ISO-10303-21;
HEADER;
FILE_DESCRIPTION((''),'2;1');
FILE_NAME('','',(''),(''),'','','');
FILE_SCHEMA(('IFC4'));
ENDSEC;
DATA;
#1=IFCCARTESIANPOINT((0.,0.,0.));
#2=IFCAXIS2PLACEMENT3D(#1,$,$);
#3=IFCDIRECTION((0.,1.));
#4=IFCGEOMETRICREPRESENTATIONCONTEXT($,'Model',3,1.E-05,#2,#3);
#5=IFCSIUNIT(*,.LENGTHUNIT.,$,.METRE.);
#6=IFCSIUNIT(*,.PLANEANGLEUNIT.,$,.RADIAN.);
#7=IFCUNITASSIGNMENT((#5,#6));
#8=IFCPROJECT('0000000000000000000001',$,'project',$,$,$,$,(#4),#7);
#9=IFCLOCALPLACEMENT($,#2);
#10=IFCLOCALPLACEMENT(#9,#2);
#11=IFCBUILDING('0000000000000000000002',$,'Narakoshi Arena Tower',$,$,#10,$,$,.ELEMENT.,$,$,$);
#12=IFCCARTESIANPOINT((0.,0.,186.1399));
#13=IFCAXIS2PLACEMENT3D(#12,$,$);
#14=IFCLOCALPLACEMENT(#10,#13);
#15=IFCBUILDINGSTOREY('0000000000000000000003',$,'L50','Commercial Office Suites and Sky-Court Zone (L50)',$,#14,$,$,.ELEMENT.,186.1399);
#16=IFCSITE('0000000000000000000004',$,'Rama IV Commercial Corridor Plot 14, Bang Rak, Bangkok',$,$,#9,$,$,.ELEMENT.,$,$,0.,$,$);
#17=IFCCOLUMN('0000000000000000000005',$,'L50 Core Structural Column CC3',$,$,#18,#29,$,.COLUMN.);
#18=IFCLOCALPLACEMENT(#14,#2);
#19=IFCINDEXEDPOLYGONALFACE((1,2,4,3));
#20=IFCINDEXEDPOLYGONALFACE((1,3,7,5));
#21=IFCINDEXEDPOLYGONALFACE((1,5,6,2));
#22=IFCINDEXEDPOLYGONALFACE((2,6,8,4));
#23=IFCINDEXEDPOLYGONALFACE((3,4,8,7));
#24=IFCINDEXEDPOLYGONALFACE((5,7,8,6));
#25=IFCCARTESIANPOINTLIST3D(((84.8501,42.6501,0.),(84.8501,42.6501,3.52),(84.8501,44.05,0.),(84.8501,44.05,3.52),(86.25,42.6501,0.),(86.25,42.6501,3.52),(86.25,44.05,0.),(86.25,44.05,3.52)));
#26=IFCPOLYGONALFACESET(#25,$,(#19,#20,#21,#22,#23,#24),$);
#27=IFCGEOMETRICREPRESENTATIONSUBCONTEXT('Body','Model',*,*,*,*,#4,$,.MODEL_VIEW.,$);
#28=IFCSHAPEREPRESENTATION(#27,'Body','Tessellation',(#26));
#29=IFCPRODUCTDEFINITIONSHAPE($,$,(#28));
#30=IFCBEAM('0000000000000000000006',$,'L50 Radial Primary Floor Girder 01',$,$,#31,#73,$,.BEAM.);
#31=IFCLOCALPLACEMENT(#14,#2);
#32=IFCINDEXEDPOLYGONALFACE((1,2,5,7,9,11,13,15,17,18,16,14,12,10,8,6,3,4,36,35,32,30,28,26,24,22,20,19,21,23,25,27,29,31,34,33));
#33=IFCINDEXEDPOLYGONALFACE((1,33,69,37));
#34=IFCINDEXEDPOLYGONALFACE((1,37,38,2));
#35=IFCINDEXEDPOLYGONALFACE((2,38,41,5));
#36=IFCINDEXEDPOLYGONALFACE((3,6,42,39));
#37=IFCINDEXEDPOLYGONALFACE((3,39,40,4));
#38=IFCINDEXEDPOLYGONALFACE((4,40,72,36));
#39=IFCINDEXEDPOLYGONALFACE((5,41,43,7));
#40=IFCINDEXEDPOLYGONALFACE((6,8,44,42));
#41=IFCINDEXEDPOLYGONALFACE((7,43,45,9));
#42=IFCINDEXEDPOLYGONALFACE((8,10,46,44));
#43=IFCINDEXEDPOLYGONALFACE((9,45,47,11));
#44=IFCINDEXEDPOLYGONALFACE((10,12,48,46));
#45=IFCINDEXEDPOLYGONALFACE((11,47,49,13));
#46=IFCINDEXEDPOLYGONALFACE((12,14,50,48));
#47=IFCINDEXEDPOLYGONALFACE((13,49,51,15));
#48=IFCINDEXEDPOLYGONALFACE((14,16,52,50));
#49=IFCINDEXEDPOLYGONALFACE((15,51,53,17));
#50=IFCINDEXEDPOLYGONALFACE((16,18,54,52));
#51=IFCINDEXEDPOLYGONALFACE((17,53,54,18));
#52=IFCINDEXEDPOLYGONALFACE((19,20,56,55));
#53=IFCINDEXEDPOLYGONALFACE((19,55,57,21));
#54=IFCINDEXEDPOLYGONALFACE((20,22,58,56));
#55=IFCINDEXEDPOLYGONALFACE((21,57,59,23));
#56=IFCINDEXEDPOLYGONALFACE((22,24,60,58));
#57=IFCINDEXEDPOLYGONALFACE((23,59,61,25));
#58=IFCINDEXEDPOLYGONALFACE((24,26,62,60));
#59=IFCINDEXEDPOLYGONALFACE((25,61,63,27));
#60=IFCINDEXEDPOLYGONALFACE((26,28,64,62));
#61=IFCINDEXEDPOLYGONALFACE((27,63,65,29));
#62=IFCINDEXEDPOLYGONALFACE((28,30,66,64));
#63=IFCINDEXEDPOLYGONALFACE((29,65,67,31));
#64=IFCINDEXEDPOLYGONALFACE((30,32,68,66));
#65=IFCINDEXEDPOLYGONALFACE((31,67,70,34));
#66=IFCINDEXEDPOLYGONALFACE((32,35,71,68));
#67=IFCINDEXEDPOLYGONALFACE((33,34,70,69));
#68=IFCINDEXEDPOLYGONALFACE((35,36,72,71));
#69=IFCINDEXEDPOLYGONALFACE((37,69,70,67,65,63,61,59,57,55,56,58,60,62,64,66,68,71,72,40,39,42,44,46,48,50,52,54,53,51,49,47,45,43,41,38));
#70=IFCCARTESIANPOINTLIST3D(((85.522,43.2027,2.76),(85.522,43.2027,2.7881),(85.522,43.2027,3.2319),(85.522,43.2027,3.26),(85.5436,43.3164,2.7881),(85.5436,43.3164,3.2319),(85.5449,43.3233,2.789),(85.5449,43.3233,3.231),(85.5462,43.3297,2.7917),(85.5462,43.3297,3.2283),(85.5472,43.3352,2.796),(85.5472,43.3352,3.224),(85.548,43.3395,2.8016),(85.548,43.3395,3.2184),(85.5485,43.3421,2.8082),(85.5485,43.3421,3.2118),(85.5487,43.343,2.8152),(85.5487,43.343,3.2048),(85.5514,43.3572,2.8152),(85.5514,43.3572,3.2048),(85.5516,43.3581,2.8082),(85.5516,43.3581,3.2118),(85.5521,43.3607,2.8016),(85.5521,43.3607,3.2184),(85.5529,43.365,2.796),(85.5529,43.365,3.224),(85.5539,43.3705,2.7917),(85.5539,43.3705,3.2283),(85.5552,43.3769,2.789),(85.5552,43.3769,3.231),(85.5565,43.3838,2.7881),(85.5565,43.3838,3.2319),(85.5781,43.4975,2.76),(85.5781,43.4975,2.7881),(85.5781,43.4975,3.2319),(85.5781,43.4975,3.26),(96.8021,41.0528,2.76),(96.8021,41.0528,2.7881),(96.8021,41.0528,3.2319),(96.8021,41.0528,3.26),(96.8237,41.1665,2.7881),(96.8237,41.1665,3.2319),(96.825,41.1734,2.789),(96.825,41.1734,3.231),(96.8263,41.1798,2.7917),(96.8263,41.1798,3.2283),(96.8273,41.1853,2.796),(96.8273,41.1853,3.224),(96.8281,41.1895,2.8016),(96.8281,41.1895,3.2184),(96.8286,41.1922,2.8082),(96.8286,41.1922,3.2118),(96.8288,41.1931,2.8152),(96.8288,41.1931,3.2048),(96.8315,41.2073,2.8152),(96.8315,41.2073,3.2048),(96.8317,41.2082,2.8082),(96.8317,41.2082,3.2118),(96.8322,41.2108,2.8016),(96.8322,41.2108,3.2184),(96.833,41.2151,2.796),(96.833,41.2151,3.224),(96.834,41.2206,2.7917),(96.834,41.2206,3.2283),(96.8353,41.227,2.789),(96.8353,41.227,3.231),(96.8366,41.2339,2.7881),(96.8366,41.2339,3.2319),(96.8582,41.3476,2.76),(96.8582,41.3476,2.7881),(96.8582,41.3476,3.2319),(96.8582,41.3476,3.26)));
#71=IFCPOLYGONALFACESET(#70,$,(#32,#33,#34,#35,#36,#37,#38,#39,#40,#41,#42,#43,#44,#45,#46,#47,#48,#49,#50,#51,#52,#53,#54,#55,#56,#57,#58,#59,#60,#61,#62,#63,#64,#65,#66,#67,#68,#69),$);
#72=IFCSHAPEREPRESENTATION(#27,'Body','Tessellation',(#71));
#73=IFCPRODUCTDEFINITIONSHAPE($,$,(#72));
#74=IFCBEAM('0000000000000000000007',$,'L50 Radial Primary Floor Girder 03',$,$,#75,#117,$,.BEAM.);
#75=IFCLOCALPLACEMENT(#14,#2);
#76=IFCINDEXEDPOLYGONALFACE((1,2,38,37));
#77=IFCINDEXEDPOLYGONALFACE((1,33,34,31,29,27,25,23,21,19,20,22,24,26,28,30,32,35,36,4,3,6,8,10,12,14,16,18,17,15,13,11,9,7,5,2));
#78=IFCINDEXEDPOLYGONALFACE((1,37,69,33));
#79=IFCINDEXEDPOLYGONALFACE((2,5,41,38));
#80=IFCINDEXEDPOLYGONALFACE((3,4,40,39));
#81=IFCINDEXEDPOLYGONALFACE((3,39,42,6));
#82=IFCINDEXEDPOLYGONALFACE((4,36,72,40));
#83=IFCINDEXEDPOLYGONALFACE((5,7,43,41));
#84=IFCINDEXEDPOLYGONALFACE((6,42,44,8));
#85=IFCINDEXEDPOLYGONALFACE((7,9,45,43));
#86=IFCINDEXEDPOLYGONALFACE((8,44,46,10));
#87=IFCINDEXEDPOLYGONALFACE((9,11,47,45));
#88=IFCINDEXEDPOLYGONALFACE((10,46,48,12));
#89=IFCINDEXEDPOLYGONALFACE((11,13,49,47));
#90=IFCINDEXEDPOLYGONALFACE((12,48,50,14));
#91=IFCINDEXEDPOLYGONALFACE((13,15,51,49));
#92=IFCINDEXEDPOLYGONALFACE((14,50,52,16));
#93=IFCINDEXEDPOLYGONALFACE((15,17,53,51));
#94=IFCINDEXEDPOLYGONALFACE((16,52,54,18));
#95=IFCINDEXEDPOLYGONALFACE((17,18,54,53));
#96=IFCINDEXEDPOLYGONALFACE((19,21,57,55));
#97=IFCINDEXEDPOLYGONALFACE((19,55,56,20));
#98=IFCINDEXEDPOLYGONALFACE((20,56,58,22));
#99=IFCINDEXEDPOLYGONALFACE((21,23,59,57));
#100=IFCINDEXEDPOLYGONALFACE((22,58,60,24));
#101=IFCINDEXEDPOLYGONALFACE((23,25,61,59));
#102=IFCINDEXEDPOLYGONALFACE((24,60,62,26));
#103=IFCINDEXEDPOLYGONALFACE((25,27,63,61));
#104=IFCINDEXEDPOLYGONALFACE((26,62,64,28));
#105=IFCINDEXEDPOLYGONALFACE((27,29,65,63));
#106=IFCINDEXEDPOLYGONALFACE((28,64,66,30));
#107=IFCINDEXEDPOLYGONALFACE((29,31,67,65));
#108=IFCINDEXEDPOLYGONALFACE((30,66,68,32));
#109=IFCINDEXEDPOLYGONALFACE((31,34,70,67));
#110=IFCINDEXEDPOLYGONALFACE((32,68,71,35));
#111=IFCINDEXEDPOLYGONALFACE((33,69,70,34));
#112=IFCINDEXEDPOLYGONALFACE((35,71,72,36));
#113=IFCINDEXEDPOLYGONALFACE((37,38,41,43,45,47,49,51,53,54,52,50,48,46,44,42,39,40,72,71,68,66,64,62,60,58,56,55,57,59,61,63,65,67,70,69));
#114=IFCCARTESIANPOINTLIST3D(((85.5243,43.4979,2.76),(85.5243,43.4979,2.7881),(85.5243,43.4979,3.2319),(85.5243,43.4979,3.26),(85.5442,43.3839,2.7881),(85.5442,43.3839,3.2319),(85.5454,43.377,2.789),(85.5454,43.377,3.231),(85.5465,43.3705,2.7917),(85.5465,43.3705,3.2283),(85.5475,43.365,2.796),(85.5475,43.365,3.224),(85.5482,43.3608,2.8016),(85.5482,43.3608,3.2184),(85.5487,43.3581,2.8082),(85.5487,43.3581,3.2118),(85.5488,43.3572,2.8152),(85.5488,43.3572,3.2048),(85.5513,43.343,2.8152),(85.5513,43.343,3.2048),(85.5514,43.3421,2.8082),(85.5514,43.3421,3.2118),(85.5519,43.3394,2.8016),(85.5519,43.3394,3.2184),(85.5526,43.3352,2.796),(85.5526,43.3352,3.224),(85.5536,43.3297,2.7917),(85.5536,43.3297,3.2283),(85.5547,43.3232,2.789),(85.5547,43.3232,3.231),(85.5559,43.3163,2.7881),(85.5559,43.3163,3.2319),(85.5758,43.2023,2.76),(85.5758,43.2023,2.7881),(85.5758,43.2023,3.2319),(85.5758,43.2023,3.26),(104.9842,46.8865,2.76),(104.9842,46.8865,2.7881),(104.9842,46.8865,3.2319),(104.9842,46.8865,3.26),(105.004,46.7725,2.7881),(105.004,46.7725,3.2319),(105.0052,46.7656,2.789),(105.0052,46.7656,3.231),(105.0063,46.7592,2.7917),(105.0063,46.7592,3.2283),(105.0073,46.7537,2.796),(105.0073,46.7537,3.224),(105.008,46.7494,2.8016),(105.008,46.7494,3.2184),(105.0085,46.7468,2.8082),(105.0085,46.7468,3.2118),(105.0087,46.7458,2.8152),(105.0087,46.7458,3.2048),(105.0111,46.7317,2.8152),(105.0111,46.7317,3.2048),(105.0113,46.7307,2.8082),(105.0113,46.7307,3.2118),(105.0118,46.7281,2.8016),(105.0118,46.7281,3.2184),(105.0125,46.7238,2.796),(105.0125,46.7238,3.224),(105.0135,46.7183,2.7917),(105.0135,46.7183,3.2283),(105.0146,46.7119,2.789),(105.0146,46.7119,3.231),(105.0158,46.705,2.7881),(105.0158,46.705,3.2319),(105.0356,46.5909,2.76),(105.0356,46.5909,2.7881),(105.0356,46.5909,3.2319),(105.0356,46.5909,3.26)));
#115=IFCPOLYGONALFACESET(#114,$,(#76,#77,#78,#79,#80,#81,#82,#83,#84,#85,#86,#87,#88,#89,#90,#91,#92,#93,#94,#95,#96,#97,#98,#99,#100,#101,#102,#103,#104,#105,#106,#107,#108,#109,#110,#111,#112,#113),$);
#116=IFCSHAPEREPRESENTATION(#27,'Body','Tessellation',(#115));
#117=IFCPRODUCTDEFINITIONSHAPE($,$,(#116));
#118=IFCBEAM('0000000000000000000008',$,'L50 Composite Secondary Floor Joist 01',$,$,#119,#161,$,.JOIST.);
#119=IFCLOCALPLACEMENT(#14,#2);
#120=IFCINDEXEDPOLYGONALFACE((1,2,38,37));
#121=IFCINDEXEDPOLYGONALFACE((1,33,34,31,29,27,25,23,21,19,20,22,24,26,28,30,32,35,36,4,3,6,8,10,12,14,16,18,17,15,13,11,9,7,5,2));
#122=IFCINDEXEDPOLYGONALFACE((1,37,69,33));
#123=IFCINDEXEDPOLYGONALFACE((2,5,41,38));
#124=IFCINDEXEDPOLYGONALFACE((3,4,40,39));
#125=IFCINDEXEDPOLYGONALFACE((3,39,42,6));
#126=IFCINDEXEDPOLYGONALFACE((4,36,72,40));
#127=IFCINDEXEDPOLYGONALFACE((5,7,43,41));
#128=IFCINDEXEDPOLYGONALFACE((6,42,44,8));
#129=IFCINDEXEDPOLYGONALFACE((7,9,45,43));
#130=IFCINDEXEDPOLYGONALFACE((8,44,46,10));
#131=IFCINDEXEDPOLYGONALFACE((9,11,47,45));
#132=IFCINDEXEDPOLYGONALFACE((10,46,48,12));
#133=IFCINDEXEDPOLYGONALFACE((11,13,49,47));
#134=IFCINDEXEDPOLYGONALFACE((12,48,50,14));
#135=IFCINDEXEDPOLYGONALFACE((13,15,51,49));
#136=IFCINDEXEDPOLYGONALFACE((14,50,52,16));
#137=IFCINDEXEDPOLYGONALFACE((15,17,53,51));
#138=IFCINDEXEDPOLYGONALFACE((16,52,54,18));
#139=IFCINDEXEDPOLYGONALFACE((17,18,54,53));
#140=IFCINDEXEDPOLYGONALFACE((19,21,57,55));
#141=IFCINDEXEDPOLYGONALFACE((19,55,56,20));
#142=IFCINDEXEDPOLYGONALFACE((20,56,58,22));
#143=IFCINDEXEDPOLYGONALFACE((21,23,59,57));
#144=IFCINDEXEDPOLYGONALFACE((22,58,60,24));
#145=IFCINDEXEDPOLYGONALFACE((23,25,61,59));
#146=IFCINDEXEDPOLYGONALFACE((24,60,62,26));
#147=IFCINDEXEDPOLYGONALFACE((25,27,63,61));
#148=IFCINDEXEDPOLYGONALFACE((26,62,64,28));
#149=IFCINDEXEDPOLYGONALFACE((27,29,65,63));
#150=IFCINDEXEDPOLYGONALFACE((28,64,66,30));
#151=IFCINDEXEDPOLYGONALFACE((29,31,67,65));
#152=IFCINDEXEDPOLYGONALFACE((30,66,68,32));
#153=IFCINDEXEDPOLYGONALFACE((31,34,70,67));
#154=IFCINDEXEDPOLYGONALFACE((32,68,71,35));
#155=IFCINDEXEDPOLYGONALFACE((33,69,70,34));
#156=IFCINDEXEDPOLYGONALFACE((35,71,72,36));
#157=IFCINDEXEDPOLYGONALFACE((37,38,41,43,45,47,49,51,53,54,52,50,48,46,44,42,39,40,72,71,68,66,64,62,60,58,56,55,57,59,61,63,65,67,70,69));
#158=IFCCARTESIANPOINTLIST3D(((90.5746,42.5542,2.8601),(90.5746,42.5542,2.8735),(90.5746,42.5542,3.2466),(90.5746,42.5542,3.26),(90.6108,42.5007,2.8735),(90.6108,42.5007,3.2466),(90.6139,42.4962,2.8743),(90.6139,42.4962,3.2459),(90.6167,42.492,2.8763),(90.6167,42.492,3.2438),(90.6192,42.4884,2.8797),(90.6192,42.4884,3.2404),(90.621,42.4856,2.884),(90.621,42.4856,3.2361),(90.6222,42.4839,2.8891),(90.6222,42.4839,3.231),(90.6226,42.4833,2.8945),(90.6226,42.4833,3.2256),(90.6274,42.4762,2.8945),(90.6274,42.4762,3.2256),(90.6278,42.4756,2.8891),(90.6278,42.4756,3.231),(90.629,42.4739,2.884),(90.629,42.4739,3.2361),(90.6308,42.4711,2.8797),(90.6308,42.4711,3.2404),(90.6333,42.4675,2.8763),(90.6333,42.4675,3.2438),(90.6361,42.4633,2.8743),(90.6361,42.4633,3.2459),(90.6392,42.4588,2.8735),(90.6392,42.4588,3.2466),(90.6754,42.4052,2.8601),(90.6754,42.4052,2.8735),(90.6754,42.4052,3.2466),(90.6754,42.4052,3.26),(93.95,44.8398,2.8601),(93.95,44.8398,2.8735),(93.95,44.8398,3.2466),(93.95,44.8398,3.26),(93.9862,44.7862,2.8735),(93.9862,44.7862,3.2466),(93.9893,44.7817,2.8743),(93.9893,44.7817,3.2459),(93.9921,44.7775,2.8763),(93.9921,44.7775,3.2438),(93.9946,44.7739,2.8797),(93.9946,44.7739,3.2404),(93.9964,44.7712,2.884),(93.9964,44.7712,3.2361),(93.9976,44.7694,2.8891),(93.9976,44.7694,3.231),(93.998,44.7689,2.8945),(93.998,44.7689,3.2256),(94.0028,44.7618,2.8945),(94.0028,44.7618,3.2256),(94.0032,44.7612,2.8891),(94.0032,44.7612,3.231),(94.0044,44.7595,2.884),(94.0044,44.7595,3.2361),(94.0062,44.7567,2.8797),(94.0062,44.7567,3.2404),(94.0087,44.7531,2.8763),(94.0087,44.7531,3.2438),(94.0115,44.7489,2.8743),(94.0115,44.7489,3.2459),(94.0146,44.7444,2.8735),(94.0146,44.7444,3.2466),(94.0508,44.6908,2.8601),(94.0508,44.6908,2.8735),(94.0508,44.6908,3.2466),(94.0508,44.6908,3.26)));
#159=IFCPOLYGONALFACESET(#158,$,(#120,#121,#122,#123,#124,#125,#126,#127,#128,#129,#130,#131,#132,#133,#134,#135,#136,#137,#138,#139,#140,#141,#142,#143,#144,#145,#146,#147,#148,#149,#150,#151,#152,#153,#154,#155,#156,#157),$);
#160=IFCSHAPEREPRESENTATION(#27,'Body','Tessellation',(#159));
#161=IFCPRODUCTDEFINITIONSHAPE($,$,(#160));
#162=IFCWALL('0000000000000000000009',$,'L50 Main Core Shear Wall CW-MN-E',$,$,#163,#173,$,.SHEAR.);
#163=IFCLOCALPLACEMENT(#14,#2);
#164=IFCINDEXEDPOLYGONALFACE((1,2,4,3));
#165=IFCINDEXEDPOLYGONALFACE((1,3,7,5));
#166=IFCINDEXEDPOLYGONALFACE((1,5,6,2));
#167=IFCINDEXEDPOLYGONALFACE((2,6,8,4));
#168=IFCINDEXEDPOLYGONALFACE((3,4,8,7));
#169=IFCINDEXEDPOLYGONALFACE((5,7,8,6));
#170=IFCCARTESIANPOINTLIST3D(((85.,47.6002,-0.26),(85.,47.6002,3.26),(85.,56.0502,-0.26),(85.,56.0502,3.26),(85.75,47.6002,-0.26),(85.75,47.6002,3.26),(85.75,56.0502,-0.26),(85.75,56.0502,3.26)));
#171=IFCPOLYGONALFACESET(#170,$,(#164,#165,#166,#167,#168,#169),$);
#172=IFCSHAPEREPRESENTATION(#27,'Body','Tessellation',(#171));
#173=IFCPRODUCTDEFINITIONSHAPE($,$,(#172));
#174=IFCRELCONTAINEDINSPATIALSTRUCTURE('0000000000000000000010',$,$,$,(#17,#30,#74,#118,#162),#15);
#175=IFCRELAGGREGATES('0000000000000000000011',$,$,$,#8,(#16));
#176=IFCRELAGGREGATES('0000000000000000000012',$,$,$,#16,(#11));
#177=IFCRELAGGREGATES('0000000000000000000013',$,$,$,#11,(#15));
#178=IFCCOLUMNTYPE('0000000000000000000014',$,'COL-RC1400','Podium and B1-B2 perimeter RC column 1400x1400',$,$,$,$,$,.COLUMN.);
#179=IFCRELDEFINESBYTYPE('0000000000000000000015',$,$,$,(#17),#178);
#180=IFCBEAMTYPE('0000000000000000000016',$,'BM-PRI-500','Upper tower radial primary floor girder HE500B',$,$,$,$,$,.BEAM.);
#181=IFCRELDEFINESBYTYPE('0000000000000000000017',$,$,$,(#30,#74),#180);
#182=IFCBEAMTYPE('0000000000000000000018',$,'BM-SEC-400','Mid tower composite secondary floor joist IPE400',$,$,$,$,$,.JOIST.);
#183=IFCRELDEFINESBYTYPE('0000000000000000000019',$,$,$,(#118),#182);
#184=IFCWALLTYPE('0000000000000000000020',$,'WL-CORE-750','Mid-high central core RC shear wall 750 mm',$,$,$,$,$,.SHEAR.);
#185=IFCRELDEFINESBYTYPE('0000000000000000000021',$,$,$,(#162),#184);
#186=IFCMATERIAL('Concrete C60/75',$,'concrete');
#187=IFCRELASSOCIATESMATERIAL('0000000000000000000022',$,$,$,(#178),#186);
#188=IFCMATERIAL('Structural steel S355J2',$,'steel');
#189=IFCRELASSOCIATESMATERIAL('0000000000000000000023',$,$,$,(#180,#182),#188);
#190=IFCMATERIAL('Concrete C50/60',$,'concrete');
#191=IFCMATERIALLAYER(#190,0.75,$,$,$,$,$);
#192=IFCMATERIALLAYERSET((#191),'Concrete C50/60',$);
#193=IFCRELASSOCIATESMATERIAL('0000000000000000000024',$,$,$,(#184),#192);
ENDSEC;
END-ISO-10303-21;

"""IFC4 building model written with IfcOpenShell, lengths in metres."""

from ifc_helpers import new_model, si_unit, direction, frame, frame_2d, origin, origin_2d, place, context, subcontext, project, spatial, rectangle, i_section, extrude, material, layer, layer_set, material_profile, profile_set, type_object, element, save


model = new_model("IFC4")

# Units and contexts
model_context = context("Model", 3, precision=1e-05, world=origin(), true_north=direction((0.0, 1.0)))
body_context = subcontext(model_context, "Body", "Model", "MODEL_VIEW")
ifc_project = project(units=[si_unit("LENGTHUNIT", "METRE"), si_unit("PLANEANGLEUNIT", "RADIAN")], contexts=[model_context])

# Site, building, storey
site_placement = place(None, origin())
site = spatial("IfcSite", under=ifc_project, at=site_placement, Name="Rama IV Commercial Corridor Plot 14, Bang Rak, Bangkok", CompositionType="ELEMENT", RefElevation=0.0)
building_placement = place(site_placement, origin())
building = spatial("IfcBuilding", under=site, at=building_placement, Name="Narakoshi Arena Tower", CompositionType="ELEMENT")
storey_placement = place(building_placement, frame((0.0, 0.0, 186.1399)))
storey = spatial("IfcBuildingStorey", under=building, at=storey_placement, Name="L50", Description="Commercial Office Suites and Sky-Court Zone (L50)", CompositionType="ELEMENT", Elevation=186.1399)

# Column
ifc_material_1 = material(Name="Concrete C60/75", Category="concrete")
ifc_material_profile_1 = material_profile(ifc_material_1, rectangle(XDim=1.3999, YDim=1.3999, at=origin_2d()), Name="RC1400x1400")
ifc_profile_set_1 = profile_set([ifc_material_profile_1], Name="Concrete C60/75")
column_type = type_object("IfcColumnType", Name="COL-RC1400", Description="Podium and B1-B2 perimeter RC column 1400x1400", PredefinedType="COLUMN", material=ifc_profile_set_1)
column_placement = place(storey_placement, frame((85.55, 43.3501, 0.0), z_axis=(0.0, 0.0, 1.0), x_axis=(1.0, 0.0, 0.0)))
element("IfcColumn", 1, at=column_placement, inside=storey, type_object=column_type, Name="L50 Core Structural Column CC3", PredefinedType="COLUMN", context=body_context, shape_type="SweptSolid", body=[
    extrude(rectangle(XDim=1.3999, YDim=1.3999, at=origin_2d()), origin(), (0.0, 0.0, 1.0), 3.52),
])

# Beams
ifc_material_2 = material(Name="Structural steel S355J2", Category="steel")
ifc_material_profile_2 = material_profile(ifc_material_2, i_section(OverallWidth=0.3, OverallDepth=0.5, WebThickness=0.0144, FlangeThickness=0.0281, FilletRadius=0.0271, at=origin_2d()), Name="HE500B")
ifc_profile_set_2 = profile_set([ifc_material_profile_2], Name="Structural steel S355J2")
beam_type_1 = type_object("IfcBeamType", Name="BM-PRI-500", Description="Upper tower radial primary floor girder HE500B", PredefinedType="BEAM", material=ifc_profile_set_2)
beam_1_placement = place(storey_placement, frame((85.55, 43.3501, 3.01), z_axis=(0.982317, -0.187223, 0.0), x_axis=(0.187223, 0.982317, 0.0)))
element("IfcBeam", 2, at=beam_1_placement, inside=storey, type_object=beam_type_1, Name="L50 Radial Primary Floor Girder 01", PredefinedType="BEAM", context=body_context, shape_type="SweptSolid", body=[
    extrude(i_section(OverallWidth=0.3, OverallDepth=0.5, WebThickness=0.0144, FlangeThickness=0.0281, FilletRadius=0.0271, at=origin_2d()), origin(), (0.0, 0.0, 1.0), 11.4832),
])
beam_2_placement = place(storey_placement, frame((85.55, 43.3501, 3.01), z_axis=(0.985175, 0.171554, 0.0), x_axis=(-0.171554, 0.985175, 0.0)))
element("IfcBeam", 3, at=beam_2_placement, inside=storey, type_object=beam_type_1, Name="L50 Radial Primary Floor Girder 03", PredefinedType="BEAM", context=body_context, shape_type="SweptSolid", body=[
    extrude(i_section(OverallWidth=0.3, OverallDepth=0.5, WebThickness=0.0144, FlangeThickness=0.0281, FilletRadius=0.0271, at=origin_2d()), origin(), (0.0, 0.0, 1.0), 19.7527),
])
ifc_material_profile_3 = material_profile(ifc_material_2, i_section(OverallWidth=0.1799, OverallDepth=0.3999, WebThickness=0.0085, FlangeThickness=0.0134, FilletRadius=0.021, at=origin_2d()), Name="IPE400")
ifc_profile_set_3 = profile_set([ifc_material_profile_3], Name="Structural steel S355J2")
beam_type_2 = type_object("IfcBeamType", Name="BM-SEC-400", Description="Mid tower composite secondary floor joist IPE400", PredefinedType="JOIST", material=ifc_profile_set_3)
beam_3_placement = place(storey_placement, frame((90.625, 42.4797, 3.0601), z_axis=(0.82803, 0.560684, 0.0), x_axis=(-0.560684, 0.82803, 0.0)))
element("IfcBeam", 4, at=beam_3_placement, inside=storey, type_object=beam_type_2, Name="L50 Composite Secondary Floor Joist 01", PredefinedType="JOIST", context=body_context, shape_type="SweptSolid", body=[
    extrude(i_section(OverallWidth=0.1799, OverallDepth=0.3999, WebThickness=0.0085, FlangeThickness=0.0134, FilletRadius=0.021, at=origin_2d()), origin(), (0.0, 0.0, 1.0), 4.0764),
])

# Wall
ifc_material_3 = material(Name="Concrete C50/60", Category="concrete")
ifc_layer_1 = layer(ifc_material_3, 0.75)
ifc_layer_set_1 = layer_set([ifc_layer_1], Name="Concrete C50/60")
wall_type_1 = type_object("IfcWallType", Name="WL-CORE-750", Description="Mid-high central core RC shear wall 750 mm", PredefinedType="SHEAR", material=ifc_layer_set_1)
wall_1_placement = place(storey_placement, frame((85.375, 47.6001, -0.26), z_axis=(0.0, 0.0, 1.0), x_axis=(0.0, 1.0, 0.0)))
element("IfcWall", 5, at=wall_1_placement, inside=storey, type_object=wall_type_1, Name="L50 Main Core Shear Wall CW-MN-E", PredefinedType="SHEAR", context=body_context, shape_type="SweptSolid", body=[
    extrude(rectangle(XDim=8.45, YDim=0.75, at=frame_2d((4.2251, 0.0))), origin(), (0.0, 0.0, 1.0), 3.52),
])

save(model, "model.ifc")
